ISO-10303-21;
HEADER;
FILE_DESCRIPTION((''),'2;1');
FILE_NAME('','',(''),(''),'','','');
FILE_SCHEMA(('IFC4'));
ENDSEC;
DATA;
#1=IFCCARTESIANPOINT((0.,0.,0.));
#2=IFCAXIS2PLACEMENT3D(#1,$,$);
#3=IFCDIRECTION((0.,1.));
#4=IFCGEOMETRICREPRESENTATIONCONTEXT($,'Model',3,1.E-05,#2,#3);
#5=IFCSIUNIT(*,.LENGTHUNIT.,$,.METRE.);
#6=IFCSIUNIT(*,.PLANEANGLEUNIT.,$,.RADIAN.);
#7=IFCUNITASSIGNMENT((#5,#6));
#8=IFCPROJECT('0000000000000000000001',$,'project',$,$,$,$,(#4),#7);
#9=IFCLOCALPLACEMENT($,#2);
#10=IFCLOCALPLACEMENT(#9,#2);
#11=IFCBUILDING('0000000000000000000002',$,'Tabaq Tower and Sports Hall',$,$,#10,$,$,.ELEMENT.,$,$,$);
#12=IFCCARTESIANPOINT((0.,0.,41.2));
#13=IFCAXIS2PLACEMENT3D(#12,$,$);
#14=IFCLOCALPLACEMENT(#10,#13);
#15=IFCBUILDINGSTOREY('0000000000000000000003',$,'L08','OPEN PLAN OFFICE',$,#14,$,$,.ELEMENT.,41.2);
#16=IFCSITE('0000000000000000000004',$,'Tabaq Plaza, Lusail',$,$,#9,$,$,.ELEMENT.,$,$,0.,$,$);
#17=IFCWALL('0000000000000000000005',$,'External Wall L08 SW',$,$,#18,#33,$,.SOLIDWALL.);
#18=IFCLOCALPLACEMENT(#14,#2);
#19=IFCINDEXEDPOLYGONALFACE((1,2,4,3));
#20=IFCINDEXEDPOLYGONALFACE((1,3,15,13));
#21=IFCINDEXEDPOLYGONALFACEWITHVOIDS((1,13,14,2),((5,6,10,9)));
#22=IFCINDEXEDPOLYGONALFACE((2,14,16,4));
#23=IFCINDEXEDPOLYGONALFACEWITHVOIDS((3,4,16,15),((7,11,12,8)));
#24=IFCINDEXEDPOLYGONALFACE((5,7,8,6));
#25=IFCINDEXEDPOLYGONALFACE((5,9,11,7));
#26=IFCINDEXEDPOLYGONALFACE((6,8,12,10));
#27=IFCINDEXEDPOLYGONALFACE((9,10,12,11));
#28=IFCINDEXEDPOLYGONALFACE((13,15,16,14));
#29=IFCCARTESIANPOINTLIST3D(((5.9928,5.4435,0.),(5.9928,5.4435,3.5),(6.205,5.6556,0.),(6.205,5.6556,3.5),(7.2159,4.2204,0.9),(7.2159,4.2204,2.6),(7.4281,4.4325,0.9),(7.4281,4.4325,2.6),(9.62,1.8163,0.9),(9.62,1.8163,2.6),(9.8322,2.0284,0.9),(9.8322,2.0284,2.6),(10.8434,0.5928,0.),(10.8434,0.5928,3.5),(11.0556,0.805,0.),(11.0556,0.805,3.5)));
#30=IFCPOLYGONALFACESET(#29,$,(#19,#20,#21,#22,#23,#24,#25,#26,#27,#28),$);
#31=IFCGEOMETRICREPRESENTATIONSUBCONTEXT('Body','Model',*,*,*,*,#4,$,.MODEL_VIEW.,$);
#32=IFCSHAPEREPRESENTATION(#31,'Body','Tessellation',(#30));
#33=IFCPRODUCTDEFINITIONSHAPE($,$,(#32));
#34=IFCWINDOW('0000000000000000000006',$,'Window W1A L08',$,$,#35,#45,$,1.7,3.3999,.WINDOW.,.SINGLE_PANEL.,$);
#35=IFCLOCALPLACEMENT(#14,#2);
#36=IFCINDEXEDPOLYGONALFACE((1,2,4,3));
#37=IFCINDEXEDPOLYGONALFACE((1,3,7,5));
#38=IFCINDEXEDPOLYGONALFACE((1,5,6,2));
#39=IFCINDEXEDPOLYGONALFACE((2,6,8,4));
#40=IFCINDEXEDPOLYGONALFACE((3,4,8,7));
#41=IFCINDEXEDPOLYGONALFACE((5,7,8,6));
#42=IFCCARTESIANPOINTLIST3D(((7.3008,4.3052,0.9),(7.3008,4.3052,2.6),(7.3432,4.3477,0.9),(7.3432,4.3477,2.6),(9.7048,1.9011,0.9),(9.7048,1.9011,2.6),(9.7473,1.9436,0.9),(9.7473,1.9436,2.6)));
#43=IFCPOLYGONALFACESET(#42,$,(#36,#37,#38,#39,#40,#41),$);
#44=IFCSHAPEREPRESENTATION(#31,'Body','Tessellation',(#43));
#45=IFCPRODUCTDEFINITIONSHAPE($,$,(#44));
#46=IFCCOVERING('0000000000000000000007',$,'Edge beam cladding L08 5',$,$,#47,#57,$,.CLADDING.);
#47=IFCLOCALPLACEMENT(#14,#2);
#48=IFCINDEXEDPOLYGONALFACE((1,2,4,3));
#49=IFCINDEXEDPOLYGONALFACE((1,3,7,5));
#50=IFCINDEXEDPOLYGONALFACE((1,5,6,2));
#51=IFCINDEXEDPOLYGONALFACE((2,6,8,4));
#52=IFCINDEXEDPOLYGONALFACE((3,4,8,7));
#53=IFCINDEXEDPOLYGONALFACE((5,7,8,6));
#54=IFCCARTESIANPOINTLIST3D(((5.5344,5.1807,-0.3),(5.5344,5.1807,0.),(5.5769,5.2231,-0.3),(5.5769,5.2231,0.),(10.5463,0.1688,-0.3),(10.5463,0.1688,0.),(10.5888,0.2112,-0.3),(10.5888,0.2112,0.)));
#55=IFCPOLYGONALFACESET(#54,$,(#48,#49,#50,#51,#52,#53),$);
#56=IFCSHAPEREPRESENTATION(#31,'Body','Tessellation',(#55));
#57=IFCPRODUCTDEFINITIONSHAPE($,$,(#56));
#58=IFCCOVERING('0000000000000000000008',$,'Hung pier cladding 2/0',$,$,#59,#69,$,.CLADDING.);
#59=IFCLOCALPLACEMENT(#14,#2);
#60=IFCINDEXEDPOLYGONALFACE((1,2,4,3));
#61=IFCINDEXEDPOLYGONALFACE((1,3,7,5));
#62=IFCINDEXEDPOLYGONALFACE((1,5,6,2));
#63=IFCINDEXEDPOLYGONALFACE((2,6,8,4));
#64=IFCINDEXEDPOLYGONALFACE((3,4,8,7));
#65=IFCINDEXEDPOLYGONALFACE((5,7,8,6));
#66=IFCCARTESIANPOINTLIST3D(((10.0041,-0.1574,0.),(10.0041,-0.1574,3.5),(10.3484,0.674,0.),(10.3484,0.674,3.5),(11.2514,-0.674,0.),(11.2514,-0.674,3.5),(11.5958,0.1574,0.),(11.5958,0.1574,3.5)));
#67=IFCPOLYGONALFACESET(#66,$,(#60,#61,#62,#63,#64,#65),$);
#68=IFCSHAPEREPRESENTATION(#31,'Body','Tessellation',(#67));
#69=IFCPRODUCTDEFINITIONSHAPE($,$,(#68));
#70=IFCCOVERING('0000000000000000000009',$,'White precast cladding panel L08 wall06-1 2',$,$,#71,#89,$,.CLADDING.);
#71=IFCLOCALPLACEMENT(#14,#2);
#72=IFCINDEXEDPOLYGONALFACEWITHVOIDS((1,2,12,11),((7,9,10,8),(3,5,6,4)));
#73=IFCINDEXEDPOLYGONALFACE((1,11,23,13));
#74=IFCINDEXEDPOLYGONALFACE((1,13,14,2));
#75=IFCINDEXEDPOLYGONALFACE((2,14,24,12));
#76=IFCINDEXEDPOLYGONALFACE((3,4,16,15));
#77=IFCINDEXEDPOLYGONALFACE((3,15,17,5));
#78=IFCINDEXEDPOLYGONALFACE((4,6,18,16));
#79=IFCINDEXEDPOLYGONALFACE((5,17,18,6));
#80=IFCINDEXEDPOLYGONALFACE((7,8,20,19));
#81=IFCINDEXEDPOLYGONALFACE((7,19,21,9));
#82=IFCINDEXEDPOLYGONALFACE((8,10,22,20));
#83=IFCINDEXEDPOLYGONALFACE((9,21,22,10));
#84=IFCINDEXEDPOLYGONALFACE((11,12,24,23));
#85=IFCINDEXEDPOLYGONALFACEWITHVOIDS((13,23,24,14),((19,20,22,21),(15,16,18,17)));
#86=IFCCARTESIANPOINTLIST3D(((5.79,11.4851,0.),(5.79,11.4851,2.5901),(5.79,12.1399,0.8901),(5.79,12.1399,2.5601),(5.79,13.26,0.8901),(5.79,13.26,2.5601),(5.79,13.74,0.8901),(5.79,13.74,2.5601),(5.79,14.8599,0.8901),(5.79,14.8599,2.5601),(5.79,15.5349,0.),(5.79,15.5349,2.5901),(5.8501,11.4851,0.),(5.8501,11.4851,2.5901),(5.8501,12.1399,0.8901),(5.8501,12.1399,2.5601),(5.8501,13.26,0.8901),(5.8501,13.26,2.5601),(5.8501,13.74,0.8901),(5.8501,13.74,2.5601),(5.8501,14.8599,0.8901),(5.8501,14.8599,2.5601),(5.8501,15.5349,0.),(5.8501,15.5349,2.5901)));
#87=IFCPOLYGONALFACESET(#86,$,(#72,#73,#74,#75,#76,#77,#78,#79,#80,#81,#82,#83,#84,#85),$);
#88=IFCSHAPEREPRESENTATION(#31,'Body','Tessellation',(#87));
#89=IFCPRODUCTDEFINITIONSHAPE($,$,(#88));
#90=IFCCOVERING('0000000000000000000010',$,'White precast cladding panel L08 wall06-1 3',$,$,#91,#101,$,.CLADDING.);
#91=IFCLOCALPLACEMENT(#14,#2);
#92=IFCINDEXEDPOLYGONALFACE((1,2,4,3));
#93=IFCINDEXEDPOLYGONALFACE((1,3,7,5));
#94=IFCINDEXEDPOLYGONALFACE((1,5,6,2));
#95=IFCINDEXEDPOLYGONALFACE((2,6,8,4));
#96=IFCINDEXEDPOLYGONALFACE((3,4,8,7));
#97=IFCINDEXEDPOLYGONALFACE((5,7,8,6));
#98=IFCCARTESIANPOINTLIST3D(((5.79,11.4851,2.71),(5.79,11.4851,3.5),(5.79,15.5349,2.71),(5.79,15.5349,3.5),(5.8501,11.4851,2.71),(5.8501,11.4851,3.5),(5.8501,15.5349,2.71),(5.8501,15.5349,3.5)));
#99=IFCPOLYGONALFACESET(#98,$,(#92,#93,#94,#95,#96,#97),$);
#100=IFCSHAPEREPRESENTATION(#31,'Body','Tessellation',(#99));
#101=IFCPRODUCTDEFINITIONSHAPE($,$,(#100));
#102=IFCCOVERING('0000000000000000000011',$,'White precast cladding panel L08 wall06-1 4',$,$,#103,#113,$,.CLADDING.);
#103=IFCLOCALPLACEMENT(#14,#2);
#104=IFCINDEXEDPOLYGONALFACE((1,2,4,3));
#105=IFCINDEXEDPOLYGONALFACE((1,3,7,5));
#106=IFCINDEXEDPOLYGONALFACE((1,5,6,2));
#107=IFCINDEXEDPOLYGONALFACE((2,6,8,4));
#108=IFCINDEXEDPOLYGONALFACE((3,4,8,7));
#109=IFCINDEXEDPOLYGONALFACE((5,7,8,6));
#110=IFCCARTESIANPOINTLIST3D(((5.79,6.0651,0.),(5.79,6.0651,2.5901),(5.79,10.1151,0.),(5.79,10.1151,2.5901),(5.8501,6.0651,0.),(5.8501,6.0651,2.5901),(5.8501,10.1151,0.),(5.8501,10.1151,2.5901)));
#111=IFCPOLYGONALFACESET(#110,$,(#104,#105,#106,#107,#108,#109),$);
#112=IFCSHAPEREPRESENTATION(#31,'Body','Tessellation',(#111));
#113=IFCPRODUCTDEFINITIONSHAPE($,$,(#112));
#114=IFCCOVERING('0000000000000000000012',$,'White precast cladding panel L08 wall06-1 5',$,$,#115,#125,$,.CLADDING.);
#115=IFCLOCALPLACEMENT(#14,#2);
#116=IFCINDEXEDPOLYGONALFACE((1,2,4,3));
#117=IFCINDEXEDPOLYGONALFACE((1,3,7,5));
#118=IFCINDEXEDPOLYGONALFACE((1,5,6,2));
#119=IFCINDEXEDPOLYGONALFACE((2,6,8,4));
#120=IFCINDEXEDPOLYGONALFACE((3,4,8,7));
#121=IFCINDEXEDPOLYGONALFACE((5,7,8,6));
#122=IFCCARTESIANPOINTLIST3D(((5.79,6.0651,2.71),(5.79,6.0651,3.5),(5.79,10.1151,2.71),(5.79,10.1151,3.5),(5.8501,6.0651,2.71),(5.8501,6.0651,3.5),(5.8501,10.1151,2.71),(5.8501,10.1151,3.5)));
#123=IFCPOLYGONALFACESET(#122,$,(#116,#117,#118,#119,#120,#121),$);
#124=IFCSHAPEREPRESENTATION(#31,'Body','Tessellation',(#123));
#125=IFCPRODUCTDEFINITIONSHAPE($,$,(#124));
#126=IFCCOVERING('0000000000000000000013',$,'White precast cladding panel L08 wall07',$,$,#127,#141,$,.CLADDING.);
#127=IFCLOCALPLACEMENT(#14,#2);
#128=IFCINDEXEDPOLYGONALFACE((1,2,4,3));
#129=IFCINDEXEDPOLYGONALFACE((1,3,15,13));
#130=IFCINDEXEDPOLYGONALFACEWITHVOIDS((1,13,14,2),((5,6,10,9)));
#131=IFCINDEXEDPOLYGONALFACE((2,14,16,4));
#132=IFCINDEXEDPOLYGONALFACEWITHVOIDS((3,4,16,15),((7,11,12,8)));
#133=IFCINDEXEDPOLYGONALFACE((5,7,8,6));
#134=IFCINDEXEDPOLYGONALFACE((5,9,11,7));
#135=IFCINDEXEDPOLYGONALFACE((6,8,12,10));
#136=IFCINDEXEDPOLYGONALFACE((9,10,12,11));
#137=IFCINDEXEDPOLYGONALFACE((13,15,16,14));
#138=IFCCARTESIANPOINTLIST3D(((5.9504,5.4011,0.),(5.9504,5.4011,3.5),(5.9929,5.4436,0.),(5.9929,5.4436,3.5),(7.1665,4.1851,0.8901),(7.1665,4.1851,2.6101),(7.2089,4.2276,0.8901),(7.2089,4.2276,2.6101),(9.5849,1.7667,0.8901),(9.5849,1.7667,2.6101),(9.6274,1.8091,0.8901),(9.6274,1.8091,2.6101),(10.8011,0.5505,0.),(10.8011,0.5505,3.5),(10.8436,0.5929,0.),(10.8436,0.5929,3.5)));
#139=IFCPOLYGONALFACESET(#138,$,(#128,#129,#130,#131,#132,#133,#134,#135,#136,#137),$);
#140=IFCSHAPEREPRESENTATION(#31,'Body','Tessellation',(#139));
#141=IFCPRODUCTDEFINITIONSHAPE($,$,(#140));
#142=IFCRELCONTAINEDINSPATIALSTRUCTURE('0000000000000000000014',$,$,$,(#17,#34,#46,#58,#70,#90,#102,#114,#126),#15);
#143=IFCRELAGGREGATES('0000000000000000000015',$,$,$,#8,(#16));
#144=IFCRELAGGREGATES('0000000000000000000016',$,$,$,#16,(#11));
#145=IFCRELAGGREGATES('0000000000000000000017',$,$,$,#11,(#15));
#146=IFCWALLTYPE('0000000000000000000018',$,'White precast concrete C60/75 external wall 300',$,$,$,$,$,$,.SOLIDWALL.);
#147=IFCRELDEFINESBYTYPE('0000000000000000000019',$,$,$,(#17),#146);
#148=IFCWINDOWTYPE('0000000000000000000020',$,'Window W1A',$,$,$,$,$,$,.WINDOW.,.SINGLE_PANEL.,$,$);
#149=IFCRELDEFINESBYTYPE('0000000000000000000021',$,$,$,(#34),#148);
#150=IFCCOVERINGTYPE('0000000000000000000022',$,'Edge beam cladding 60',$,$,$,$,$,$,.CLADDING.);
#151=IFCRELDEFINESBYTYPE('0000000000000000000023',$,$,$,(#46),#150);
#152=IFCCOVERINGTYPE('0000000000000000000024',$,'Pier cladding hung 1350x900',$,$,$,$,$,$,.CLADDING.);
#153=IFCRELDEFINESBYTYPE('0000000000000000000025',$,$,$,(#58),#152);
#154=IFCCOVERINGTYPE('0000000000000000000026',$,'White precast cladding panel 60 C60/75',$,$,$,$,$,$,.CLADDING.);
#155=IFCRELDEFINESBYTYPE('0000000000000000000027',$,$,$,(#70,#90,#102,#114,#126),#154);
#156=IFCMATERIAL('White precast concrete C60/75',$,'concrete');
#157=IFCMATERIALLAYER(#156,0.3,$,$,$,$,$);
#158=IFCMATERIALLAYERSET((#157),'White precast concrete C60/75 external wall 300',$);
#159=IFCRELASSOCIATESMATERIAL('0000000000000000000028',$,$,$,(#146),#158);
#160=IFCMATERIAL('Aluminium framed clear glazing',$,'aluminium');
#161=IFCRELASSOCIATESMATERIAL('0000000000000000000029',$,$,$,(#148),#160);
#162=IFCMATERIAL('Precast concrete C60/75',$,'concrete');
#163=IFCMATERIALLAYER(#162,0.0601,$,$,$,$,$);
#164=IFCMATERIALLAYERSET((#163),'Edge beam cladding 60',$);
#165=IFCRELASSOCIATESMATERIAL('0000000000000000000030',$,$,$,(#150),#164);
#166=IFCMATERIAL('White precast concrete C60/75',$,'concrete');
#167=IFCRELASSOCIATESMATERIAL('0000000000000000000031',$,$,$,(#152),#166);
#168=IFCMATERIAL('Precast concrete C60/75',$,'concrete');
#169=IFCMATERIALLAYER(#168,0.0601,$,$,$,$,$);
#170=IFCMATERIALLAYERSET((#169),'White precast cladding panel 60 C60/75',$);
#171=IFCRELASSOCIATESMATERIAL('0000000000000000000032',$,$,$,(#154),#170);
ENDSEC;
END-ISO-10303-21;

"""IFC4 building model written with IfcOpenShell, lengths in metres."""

from ifc_helpers import new_model, si_unit, direction, frame, frame_2d, origin, place, context, subcontext, project, spatial, polyline, rectangle, outline, extrude, material, layer, layer_set, type_object, element, fill, save


model = new_model("IFC4")

# Units and contexts
model_context = context("Model", 3, precision=1e-05, world=origin(), true_north=direction((0.0, 1.0)))
body_context = subcontext(model_context, "Body", "Model", "MODEL_VIEW")
ifc_project = project(units=[si_unit("LENGTHUNIT", "METRE"), si_unit("PLANEANGLEUNIT", "RADIAN")], contexts=[model_context])

# Site, building, storey
site_placement = place(None, origin())
site = spatial("IfcSite", under=ifc_project, at=site_placement, Name="Tabaq Plaza, Lusail", CompositionType="ELEMENT", RefElevation=0.0)
building_placement = place(site_placement, origin())
building = spatial("IfcBuilding", under=site, at=building_placement, Name="Tabaq Tower and Sports Hall", CompositionType="ELEMENT")
storey_placement = place(building_placement, frame((0.0, 0.0, 41.2)))
storey = spatial("IfcBuildingStorey", under=building, at=storey_placement, Name="L08", Description="OPEN PLAN OFFICE", CompositionType="ELEMENT", Elevation=41.2)

# Wall, opening, window
ifc_material_1 = material(Name="White precast concrete C60/75", Category="concrete")
ifc_layer_1 = layer(ifc_material_1, 0.3)
ifc_layer_set_1 = layer_set([ifc_layer_1], Name="White precast concrete C60/75 external wall 300")
wall_type_1 = type_object("IfcWallType", Name="White precast concrete C60/75 external wall 300", PredefinedType="SOLIDWALL", material=ifc_layer_set_1)
wall_1_placement = place(storey_placement, frame((6.0989, 5.5496, 0.0), z_axis=(0.0, 0.0, 1.0), x_axis=(0.707107, -0.707107, 0.0)))
wall_1 = element("IfcWall", 1, at=wall_1_placement, inside=storey, type_object=wall_type_1, Name="External Wall L08 SW", PredefinedType="SOLIDWALL", context=body_context, shape_type="SweptSolid", body=[
    extrude(rectangle(XDim=6.8599, YDim=0.3, at=frame_2d((3.4299, 0.0))), origin(), (0.0, 0.0, 1.0), 3.5),
])
opening_1_placement = place(wall_1_placement, frame((1.7297, 0.0, 0.8999)))
opening_1 = element("IfcOpeningElement", 2, at=opening_1_placement, cuts=wall_1, PredefinedType="OPENING", context=body_context, shape_type="SweptSolid", body=[
    extrude(rectangle(XDim=3.3999, YDim=1.7, at=frame_2d((1.7, 0.8501))), frame((0.0, 0.1602, 0.0), z_axis=(0.0, -1.0, 0.0), x_axis=(1.0, 0.0, 0.0)), (0.0, 0.0, 1.0), 0.3201),
])
ifc_material_2 = material(Name="Aluminium framed clear glazing", Category="aluminium")
window_type = type_object("IfcWindowType", Name="Window W1A", PartitioningType="SINGLE_PANEL", PredefinedType="WINDOW", material=ifc_material_2)
window_placement = place(opening_1_placement, origin())
window = element("IfcWindow", 3, at=window_placement, inside=storey, type_object=window_type, Name="Window W1A L08", OverallHeight=1.7, OverallWidth=3.3999, PartitioningType="SINGLE_PANEL", PredefinedType="WINDOW", context=body_context, shape_type="SweptSolid", body=[
    extrude(rectangle(XDim=3.3999, YDim=1.7, at=frame_2d((1.7, 0.8501))), frame((0.0, 0.03, 0.0), z_axis=(0.0, -1.0, 0.0), x_axis=(1.0, 0.0, 0.0)), (0.0, 0.0, 1.0), 0.0601),
])
fill(opening_1, window)

# Coverings
ifc_material_3 = material(Name="Precast concrete C60/75", Category="concrete")
ifc_layer_2 = layer(ifc_material_3, 0.0601)
ifc_layer_set_2 = layer_set([ifc_layer_2], Name="Edge beam cladding 60")
covering_type_1 = type_object("IfcCoveringType", Name="Edge beam cladding 60", PredefinedType="CLADDING", material=ifc_layer_set_2)
covering_1_placement = place(storey_placement, frame((5.5557, 5.2019, -0.3), z_axis=(0.0, 0.0, 1.0), x_axis=(0.707107, -0.707107, 0.0)))
element("IfcCovering", 4, at=covering_1_placement, inside=storey, type_object=covering_type_1, Name="Edge beam cladding L08 5", PredefinedType="CLADDING", context=body_context, shape_type="SweptSolid", body=[
    extrude(rectangle(XDim=7.0879, YDim=0.0601, at=frame_2d((3.5439, 0.0))), origin(), (0.0, 0.0, 1.0), 0.3),
])
ifc_material_4 = material(Name="White precast concrete C60/75", Category="concrete")
covering_type_2 = type_object("IfcCoveringType", Name="Pier cladding hung 1350x900", PredefinedType="CLADDING", material=ifc_material_4)
covering_2_placement = place(storey_placement, frame((10.1763, 0.2583, 0.0), z_axis=(0.0, 0.0, 1.0), x_axis=(0.923893, -0.38265, 0.0)))
element("IfcCovering", 5, at=covering_2_placement, inside=storey, type_object=covering_type_2, Name="Hung pier cladding 2/0", PredefinedType="CLADDING", context=body_context, shape_type="SweptSolid", body=[
    extrude(rectangle(XDim=1.3501, YDim=0.8999, at=frame_2d((0.675, 0.0))), origin(), (0.0, 0.0, 1.0), 3.5),
])
ifc_material_5 = material(Name="Precast concrete C60/75", Category="concrete")
ifc_layer_3 = layer(ifc_material_5, 0.0601)
ifc_layer_set_3 = layer_set([ifc_layer_3], Name="White precast cladding panel 60 C60/75")
covering_type_3 = type_object("IfcCoveringType", Name="White precast cladding panel 60 C60/75", PredefinedType="CLADDING", material=ifc_layer_set_3)
covering_3_placement = place(storey_placement, frame((5.8201, 15.5349, 0.0), z_axis=(0.0, 0.0, 1.0), x_axis=(0.0, -1.0, 0.0)))
element("IfcCovering", 6, at=covering_3_placement, inside=storey, type_object=covering_type_3, Name="White precast cladding panel L08 wall06-1 2", PredefinedType="CLADDING", context=body_context, shape_type="SweptSolid", body=[
    extrude(outline(polyline([(0.0, 0.0), (4.0498, 0.0), (4.0498, 2.5901), (0.0, 2.5901), (0.0, 0.0)]), holes=[polyline([(0.675, 0.8901), (0.675, 2.5601), (1.7949, 2.5601), (1.7949, 0.8901), (0.675, 0.8901)]), polyline([(2.2749, 0.8901), (2.2749, 2.5601), (3.395, 2.5601), (3.395, 0.8901), (2.2749, 0.8901)])]), frame((0.0, 0.03, 0.0), z_axis=(0.0, -1.0, 0.0), x_axis=(1.0, 0.0, 0.0)), (0.0, 0.0, 1.0), 0.0601),
])
covering_4_placement = place(storey_placement, frame((5.8201, 15.5349, 2.71), z_axis=(0.0, 0.0, 1.0), x_axis=(0.0, -1.0, 0.0)))
element("IfcCovering", 7, at=covering_4_placement, inside=storey, type_object=covering_type_3, Name="White precast cladding panel L08 wall06-1 3", PredefinedType="CLADDING", context=body_context, shape_type="SweptSolid", body=[
    extrude(rectangle(XDim=4.0498, YDim=0.0601, at=frame_2d((2.0249, 0.0))), origin(), (0.0, 0.0, 1.0), 0.79),
])
covering_5_placement = place(storey_placement, frame((5.8201, 10.115, 0.0), z_axis=(0.0, 0.0, 1.0), x_axis=(0.0, -1.0, 0.0)))
element("IfcCovering", 8, at=covering_5_placement, inside=storey, type_object=covering_type_3, Name="White precast cladding panel L08 wall06-1 4", PredefinedType="CLADDING", context=body_context, shape_type="SweptSolid", body=[
    extrude(rectangle(XDim=4.05, YDim=0.0601, at=frame_2d((2.0249, 0.0))), origin(), (0.0, 0.0, 1.0), 2.5901),
])
covering_6_placement = place(storey_placement, frame((5.8201, 10.115, 2.71), z_axis=(0.0, 0.0, 1.0), x_axis=(0.0, -1.0, 0.0)))
element("IfcCovering", 9, at=covering_6_placement, inside=storey, type_object=covering_type_3, Name="White precast cladding panel L08 wall06-1 5", PredefinedType="CLADDING", context=body_context, shape_type="SweptSolid", body=[
    extrude(rectangle(XDim=4.05, YDim=0.0601, at=frame_2d((2.0249, 0.0))), origin(), (0.0, 0.0, 1.0), 0.79),
])
covering_7_placement = place(storey_placement, frame((5.9717, 5.4224, 0.0), z_axis=(0.0, 0.0, 1.0), x_axis=(0.707107, -0.707107, 0.0)))
element("IfcCovering", 10, at=covering_7_placement, inside=storey, type_object=covering_type_3, Name="White precast cladding panel L08 wall07", PredefinedType="CLADDING", context=body_context, shape_type="SweptSolid", body=[
    extrude(outline(polyline([(0.0, 0.0), (6.8599, 0.0), (6.8599, 3.5), (0.0, 3.5), (0.0, 0.0)]), holes=[polyline([(1.7197, 0.8901), (1.7197, 2.6101), (5.1399, 2.6101), (5.1399, 0.8901), (1.7197, 0.8901)])]), frame((0.0, 0.03, 0.0), z_axis=(0.0, -1.0, 0.0), x_axis=(1.0, 0.0, 0.0)), (0.0, 0.0, 1.0), 0.0601),
])

save(model, "model.ifc")
